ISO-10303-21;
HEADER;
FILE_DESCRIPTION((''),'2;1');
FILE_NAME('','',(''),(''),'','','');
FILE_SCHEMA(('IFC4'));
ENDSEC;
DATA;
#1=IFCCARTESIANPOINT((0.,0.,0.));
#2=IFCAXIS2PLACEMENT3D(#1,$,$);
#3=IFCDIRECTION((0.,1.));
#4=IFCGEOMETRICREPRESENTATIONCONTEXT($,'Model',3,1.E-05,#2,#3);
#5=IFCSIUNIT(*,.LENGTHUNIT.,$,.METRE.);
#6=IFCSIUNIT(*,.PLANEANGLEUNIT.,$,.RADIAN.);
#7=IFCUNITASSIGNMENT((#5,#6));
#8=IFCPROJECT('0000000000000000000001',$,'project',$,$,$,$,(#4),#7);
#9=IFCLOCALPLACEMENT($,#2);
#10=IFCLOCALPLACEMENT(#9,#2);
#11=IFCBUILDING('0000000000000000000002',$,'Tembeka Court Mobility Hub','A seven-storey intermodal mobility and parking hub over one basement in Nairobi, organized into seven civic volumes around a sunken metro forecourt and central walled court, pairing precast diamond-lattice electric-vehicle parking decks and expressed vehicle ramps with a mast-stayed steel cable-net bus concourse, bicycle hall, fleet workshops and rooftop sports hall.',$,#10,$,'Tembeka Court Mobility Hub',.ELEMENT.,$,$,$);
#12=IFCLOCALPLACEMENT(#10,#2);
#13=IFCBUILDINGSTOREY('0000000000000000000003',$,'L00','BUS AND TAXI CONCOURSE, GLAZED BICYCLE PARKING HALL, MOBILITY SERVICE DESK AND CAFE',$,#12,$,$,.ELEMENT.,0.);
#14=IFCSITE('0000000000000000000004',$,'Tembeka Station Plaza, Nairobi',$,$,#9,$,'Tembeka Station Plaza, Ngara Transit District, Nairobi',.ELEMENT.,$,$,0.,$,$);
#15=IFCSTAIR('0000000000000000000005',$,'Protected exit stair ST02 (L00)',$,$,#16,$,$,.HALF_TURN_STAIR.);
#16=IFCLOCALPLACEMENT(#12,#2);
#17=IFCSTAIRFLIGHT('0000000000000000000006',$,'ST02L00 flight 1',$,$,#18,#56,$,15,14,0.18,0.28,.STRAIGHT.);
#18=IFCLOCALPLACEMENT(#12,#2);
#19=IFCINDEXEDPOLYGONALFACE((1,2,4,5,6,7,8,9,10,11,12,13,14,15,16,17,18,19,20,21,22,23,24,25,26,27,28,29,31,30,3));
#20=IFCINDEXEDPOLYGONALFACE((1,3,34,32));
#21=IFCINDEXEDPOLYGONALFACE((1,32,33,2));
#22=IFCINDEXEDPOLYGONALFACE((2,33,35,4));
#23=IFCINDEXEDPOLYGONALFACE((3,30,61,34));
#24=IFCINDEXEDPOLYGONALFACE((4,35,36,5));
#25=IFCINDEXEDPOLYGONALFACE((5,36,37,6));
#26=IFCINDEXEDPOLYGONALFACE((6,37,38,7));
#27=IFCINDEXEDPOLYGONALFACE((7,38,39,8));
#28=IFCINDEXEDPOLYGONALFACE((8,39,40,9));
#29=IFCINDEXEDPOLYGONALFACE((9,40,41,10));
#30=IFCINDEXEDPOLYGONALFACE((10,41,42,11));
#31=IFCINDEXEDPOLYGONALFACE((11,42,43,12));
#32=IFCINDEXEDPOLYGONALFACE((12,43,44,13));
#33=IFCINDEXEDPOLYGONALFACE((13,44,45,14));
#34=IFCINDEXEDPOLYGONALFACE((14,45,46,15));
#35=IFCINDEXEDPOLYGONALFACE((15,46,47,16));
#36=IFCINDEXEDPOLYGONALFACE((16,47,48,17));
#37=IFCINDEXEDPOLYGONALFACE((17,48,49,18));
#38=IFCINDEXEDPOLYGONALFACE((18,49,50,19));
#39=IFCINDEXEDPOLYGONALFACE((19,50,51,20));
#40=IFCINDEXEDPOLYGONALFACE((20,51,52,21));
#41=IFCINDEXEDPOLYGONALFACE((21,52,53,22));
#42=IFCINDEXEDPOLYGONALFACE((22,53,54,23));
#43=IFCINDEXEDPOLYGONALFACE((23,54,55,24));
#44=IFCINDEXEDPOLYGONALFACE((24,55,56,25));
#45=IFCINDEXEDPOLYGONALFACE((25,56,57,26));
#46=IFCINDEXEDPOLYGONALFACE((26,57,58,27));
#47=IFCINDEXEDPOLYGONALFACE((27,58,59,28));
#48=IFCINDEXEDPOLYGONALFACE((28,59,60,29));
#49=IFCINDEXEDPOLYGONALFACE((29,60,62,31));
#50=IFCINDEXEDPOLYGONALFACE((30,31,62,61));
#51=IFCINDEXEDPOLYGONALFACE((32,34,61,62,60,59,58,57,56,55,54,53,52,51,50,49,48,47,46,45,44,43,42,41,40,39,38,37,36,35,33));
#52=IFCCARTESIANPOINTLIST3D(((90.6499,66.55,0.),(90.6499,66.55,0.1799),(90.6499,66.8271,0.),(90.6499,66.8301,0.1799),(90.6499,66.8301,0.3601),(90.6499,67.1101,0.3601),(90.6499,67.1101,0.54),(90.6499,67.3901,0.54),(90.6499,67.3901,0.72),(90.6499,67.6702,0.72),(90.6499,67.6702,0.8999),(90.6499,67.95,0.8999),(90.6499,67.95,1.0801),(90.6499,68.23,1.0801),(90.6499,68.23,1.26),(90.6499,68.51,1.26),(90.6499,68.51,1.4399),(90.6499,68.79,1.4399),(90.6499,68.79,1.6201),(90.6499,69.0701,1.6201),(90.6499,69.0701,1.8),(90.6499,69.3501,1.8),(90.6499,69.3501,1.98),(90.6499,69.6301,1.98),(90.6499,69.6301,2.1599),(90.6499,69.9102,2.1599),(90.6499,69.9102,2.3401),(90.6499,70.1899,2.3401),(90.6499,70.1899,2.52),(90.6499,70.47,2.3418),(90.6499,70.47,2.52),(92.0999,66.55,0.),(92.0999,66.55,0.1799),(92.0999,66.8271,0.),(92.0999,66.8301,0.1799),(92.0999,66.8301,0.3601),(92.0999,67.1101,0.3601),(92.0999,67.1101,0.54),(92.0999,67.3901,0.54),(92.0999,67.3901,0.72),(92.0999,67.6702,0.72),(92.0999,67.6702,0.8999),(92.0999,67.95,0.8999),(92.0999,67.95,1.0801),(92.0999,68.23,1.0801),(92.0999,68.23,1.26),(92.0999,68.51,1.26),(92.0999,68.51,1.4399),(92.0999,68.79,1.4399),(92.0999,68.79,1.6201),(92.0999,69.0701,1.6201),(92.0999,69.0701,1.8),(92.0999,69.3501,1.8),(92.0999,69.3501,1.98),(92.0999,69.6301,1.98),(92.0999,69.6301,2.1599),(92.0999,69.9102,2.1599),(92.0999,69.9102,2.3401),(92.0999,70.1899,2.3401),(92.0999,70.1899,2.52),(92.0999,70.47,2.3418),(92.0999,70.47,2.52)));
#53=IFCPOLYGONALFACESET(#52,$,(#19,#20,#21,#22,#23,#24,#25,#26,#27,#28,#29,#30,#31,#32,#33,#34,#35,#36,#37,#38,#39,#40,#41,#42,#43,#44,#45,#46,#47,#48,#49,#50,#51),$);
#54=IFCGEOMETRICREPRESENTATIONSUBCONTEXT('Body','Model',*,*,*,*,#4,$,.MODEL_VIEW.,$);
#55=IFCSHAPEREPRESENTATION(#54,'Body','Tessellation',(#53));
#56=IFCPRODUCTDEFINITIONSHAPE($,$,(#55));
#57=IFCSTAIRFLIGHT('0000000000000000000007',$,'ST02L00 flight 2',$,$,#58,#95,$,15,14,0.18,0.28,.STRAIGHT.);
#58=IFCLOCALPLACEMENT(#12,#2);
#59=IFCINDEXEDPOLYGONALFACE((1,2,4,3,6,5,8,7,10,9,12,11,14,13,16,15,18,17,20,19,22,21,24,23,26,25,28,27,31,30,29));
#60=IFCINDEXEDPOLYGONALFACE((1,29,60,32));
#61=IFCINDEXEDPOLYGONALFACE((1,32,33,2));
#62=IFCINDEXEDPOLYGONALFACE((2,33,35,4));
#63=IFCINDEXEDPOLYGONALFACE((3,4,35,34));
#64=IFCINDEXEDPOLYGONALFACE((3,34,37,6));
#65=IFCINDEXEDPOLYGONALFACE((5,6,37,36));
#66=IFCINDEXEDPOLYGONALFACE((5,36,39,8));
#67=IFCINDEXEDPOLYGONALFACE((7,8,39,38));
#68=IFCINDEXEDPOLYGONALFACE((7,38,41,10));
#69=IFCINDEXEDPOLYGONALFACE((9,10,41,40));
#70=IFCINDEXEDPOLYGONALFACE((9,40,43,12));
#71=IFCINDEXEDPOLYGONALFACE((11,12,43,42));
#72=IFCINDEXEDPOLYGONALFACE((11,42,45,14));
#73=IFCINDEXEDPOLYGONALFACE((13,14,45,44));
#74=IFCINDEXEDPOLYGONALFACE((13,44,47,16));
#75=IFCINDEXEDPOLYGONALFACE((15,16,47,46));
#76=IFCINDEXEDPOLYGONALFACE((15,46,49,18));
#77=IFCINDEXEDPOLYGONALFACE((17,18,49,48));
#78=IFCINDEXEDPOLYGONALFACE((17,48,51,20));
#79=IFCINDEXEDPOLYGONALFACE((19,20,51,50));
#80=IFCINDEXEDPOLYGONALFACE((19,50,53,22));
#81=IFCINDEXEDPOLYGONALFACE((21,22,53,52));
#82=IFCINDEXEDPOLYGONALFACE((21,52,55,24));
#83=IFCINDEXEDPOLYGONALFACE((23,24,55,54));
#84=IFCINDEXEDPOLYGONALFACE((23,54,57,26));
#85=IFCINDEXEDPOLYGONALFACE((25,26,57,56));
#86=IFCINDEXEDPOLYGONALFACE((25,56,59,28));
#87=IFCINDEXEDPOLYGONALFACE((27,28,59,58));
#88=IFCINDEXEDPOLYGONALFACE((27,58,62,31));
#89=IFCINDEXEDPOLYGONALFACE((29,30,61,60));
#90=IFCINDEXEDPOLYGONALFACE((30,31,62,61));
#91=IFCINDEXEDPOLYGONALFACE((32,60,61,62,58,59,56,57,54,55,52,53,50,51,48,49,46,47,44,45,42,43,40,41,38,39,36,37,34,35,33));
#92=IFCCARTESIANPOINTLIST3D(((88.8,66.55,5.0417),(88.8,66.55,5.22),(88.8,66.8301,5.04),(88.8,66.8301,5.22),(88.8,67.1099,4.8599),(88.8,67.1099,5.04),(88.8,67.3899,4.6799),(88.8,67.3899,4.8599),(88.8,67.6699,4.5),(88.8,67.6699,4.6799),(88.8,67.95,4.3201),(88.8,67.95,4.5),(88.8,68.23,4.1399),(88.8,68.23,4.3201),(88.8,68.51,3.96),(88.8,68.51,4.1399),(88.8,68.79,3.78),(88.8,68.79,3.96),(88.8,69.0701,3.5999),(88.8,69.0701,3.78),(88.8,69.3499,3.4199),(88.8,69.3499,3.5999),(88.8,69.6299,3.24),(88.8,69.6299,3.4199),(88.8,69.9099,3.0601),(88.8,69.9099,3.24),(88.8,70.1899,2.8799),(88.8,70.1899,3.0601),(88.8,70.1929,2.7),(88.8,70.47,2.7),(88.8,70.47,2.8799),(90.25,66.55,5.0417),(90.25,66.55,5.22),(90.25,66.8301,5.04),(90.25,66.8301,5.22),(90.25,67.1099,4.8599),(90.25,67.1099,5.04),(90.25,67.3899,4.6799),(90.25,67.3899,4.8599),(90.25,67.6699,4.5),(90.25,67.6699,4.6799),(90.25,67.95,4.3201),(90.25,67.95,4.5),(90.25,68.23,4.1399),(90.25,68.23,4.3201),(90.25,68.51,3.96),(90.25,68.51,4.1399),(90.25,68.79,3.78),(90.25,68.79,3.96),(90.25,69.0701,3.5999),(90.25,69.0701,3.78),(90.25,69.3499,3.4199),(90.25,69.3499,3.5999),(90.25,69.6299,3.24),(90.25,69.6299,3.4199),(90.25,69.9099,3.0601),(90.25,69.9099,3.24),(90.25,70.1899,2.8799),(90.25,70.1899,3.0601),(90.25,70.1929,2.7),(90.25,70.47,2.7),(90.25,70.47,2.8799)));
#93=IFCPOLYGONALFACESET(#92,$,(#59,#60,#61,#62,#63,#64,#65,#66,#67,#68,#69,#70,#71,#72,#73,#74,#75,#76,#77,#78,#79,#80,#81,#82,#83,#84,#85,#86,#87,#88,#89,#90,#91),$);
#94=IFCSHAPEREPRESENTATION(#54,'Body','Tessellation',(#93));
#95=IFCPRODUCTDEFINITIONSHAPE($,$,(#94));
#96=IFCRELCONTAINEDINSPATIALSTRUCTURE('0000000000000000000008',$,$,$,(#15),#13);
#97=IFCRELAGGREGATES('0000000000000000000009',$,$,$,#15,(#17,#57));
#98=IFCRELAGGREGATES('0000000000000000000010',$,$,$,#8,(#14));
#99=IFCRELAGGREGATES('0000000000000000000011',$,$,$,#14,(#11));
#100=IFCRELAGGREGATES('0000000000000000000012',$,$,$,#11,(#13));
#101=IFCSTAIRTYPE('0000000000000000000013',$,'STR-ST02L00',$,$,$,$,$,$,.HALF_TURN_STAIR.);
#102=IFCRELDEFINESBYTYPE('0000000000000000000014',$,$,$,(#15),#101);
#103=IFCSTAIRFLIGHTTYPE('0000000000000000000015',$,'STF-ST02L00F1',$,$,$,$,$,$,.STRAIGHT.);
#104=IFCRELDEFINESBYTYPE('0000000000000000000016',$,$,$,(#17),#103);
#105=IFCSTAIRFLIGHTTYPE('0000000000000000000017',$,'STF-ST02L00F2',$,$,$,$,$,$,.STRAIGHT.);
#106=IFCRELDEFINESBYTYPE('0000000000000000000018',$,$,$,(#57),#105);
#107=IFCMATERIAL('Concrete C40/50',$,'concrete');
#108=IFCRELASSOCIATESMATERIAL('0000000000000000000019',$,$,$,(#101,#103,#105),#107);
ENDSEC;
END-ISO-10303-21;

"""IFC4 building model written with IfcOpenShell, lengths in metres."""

from ifc_helpers import new_model, si_unit, direction, frame, origin, place, context, subcontext, project, spatial, polyline, outline, extrude, material, type_object, element, aggregate, save


model = new_model("IFC4")

# Units and contexts
model_context = context("Model", 3, precision=1e-05, world=origin(), true_north=direction((0.0, 1.0)))
body_context = subcontext(model_context, "Body", "Model", "MODEL_VIEW")
ifc_project = project(units=[si_unit("LENGTHUNIT", "METRE"), si_unit("PLANEANGLEUNIT", "RADIAN")], contexts=[model_context])

# Site, building, storey
site_placement = place(None, origin())
site = spatial("IfcSite", under=ifc_project, at=site_placement, Name="Tembeka Station Plaza, Nairobi", LongName="Tembeka Station Plaza, Ngara Transit District, Nairobi", CompositionType="ELEMENT", RefElevation=0.0)
building_placement = place(site_placement, origin())
building = spatial("IfcBuilding", under=site, at=building_placement, Name="Tembeka Court Mobility Hub", Description="A seven-storey intermodal mobility and parking hub over one basement in Nairobi, organized into seven civic volumes around a sunken metro forecourt and central walled court, pairing precast diamond-lattice electric-vehicle parking decks and expressed vehicle ramps with a mast-stayed steel cable-net bus concourse, bicycle hall, fleet workshops and rooftop sports hall.", LongName="Tembeka Court Mobility Hub", CompositionType="ELEMENT")
storey_placement = place(building_placement, origin())
storey = spatial("IfcBuildingStorey", under=building, at=storey_placement, Name="L00", Description="BUS AND TAXI CONCOURSE, GLAZED BICYCLE PARKING HALL, MOBILITY SERVICE DESK AND CAFE", CompositionType="ELEMENT", Elevation=0.0)

# Shared definitions
ifc_material_1 = material(Name="Concrete C40/50", Category="concrete")

# Stair, stair flights
stair_type = type_object("IfcStairType", Name="STR-ST02L00", PredefinedType="HALF_TURN_STAIR", material=ifc_material_1)
stair_placement = place(storey_placement, origin())
stair = element("IfcStair", 1, at=stair_placement, inside=storey, type_object=stair_type, Name="Protected exit stair ST02 (L00)", PredefinedType="HALF_TURN_STAIR")
stair_flight_type_1 = type_object("IfcStairFlightType", Name="STF-ST02L00F1", PredefinedType="STRAIGHT", material=ifc_material_1)
stair_flight_1_placement = place(storey_placement, frame((91.375, 66.55, 0.0), z_axis=(0.0, 0.0, 1.0), x_axis=(0.0, 1.0, 0.0)))
stair_flight_1 = element("IfcStairFlight", 2, at=stair_flight_1_placement, type_object=stair_flight_type_1, Name="ST02L00 flight 1", NumberOfRisers=15, NumberOfTreads=14, PredefinedType="STRAIGHT", RiserHeight=0.18, TreadLength=0.28, context=body_context, shape_type="SweptSolid", body=[
    extrude(outline(polyline([(0.0, 0.0), (0.0, 0.1799), (0.28, 0.1799), (0.28, 0.3601), (0.5601, 0.3601), (0.5601, 0.54), (0.8401, 0.54), (0.8401, 0.72), (1.1201, 0.72), (1.1201, 0.8999), (1.3999, 0.8999), (1.3999, 1.0801), (1.6799, 1.0801), (1.6799, 1.26), (1.96, 1.26), (1.96, 1.4399), (2.24, 1.4399), (2.24, 1.6201), (2.52, 1.6201), (2.52, 1.8), (2.8, 1.8), (2.8, 1.98), (3.0801, 1.98), (3.0801, 2.1599), (3.3601, 2.1599), (3.3601, 2.3401), (3.6399, 2.3401), (3.6399, 2.52), (3.9199, 2.52), (3.9199, 2.7), (3.9199, 2.3418), (0.2771, 0.0), (0.0, 0.0)])), frame((0.0, 0.7251, 0.0), z_axis=(0.0, -1.0, 0.0), x_axis=(1.0, 0.0, 0.0)), (0.0, 0.0, 1.0), 1.45),
])
stair_flight_type_2 = type_object("IfcStairFlightType", Name="STF-ST02L00F2", PredefinedType="STRAIGHT", material=ifc_material_1)
stair_flight_2_placement = place(storey_placement, frame((89.5249, 70.47, 2.7), z_axis=(0.0, 0.0, 1.0), x_axis=(0.0, -1.0, 0.0)))
stair_flight_2 = element("IfcStairFlight", 3, at=stair_flight_2_placement, type_object=stair_flight_type_2, Name="ST02L00 flight 2", NumberOfRisers=15, NumberOfTreads=14, PredefinedType="STRAIGHT", RiserHeight=0.18, TreadLength=0.28, context=body_context, shape_type="SweptSolid", body=[
    extrude(outline(polyline([(0.0, 0.0), (0.0, 0.1799), (0.28, 0.1799), (0.28, 0.3601), (0.5601, 0.3601), (0.5601, 0.54), (0.8401, 0.54), (0.8401, 0.72), (1.1201, 0.72), (1.1201, 0.8999), (1.3999, 0.8999), (1.3999, 1.0801), (1.6799, 1.0801), (1.6799, 1.26), (1.96, 1.26), (1.96, 1.4399), (2.24, 1.4399), (2.24, 1.6201), (2.52, 1.6201), (2.52, 1.8), (2.8, 1.8), (2.8, 1.98), (3.0801, 1.98), (3.0801, 2.1599), (3.3601, 2.1599), (3.3601, 2.3401), (3.6399, 2.3401), (3.6399, 2.52), (3.9199, 2.52), (3.9199, 2.7), (3.9199, 2.3418), (0.2771, 0.0), (0.0, 0.0)])), frame((0.0, 0.7251, 0.0), z_axis=(0.0, -1.0, 0.0), x_axis=(1.0, 0.0, 0.0)), (0.0, 0.0, 1.0), 1.45),
])
aggregate(stair, [stair_flight_1, stair_flight_2])

save(model, "model.ifc")
